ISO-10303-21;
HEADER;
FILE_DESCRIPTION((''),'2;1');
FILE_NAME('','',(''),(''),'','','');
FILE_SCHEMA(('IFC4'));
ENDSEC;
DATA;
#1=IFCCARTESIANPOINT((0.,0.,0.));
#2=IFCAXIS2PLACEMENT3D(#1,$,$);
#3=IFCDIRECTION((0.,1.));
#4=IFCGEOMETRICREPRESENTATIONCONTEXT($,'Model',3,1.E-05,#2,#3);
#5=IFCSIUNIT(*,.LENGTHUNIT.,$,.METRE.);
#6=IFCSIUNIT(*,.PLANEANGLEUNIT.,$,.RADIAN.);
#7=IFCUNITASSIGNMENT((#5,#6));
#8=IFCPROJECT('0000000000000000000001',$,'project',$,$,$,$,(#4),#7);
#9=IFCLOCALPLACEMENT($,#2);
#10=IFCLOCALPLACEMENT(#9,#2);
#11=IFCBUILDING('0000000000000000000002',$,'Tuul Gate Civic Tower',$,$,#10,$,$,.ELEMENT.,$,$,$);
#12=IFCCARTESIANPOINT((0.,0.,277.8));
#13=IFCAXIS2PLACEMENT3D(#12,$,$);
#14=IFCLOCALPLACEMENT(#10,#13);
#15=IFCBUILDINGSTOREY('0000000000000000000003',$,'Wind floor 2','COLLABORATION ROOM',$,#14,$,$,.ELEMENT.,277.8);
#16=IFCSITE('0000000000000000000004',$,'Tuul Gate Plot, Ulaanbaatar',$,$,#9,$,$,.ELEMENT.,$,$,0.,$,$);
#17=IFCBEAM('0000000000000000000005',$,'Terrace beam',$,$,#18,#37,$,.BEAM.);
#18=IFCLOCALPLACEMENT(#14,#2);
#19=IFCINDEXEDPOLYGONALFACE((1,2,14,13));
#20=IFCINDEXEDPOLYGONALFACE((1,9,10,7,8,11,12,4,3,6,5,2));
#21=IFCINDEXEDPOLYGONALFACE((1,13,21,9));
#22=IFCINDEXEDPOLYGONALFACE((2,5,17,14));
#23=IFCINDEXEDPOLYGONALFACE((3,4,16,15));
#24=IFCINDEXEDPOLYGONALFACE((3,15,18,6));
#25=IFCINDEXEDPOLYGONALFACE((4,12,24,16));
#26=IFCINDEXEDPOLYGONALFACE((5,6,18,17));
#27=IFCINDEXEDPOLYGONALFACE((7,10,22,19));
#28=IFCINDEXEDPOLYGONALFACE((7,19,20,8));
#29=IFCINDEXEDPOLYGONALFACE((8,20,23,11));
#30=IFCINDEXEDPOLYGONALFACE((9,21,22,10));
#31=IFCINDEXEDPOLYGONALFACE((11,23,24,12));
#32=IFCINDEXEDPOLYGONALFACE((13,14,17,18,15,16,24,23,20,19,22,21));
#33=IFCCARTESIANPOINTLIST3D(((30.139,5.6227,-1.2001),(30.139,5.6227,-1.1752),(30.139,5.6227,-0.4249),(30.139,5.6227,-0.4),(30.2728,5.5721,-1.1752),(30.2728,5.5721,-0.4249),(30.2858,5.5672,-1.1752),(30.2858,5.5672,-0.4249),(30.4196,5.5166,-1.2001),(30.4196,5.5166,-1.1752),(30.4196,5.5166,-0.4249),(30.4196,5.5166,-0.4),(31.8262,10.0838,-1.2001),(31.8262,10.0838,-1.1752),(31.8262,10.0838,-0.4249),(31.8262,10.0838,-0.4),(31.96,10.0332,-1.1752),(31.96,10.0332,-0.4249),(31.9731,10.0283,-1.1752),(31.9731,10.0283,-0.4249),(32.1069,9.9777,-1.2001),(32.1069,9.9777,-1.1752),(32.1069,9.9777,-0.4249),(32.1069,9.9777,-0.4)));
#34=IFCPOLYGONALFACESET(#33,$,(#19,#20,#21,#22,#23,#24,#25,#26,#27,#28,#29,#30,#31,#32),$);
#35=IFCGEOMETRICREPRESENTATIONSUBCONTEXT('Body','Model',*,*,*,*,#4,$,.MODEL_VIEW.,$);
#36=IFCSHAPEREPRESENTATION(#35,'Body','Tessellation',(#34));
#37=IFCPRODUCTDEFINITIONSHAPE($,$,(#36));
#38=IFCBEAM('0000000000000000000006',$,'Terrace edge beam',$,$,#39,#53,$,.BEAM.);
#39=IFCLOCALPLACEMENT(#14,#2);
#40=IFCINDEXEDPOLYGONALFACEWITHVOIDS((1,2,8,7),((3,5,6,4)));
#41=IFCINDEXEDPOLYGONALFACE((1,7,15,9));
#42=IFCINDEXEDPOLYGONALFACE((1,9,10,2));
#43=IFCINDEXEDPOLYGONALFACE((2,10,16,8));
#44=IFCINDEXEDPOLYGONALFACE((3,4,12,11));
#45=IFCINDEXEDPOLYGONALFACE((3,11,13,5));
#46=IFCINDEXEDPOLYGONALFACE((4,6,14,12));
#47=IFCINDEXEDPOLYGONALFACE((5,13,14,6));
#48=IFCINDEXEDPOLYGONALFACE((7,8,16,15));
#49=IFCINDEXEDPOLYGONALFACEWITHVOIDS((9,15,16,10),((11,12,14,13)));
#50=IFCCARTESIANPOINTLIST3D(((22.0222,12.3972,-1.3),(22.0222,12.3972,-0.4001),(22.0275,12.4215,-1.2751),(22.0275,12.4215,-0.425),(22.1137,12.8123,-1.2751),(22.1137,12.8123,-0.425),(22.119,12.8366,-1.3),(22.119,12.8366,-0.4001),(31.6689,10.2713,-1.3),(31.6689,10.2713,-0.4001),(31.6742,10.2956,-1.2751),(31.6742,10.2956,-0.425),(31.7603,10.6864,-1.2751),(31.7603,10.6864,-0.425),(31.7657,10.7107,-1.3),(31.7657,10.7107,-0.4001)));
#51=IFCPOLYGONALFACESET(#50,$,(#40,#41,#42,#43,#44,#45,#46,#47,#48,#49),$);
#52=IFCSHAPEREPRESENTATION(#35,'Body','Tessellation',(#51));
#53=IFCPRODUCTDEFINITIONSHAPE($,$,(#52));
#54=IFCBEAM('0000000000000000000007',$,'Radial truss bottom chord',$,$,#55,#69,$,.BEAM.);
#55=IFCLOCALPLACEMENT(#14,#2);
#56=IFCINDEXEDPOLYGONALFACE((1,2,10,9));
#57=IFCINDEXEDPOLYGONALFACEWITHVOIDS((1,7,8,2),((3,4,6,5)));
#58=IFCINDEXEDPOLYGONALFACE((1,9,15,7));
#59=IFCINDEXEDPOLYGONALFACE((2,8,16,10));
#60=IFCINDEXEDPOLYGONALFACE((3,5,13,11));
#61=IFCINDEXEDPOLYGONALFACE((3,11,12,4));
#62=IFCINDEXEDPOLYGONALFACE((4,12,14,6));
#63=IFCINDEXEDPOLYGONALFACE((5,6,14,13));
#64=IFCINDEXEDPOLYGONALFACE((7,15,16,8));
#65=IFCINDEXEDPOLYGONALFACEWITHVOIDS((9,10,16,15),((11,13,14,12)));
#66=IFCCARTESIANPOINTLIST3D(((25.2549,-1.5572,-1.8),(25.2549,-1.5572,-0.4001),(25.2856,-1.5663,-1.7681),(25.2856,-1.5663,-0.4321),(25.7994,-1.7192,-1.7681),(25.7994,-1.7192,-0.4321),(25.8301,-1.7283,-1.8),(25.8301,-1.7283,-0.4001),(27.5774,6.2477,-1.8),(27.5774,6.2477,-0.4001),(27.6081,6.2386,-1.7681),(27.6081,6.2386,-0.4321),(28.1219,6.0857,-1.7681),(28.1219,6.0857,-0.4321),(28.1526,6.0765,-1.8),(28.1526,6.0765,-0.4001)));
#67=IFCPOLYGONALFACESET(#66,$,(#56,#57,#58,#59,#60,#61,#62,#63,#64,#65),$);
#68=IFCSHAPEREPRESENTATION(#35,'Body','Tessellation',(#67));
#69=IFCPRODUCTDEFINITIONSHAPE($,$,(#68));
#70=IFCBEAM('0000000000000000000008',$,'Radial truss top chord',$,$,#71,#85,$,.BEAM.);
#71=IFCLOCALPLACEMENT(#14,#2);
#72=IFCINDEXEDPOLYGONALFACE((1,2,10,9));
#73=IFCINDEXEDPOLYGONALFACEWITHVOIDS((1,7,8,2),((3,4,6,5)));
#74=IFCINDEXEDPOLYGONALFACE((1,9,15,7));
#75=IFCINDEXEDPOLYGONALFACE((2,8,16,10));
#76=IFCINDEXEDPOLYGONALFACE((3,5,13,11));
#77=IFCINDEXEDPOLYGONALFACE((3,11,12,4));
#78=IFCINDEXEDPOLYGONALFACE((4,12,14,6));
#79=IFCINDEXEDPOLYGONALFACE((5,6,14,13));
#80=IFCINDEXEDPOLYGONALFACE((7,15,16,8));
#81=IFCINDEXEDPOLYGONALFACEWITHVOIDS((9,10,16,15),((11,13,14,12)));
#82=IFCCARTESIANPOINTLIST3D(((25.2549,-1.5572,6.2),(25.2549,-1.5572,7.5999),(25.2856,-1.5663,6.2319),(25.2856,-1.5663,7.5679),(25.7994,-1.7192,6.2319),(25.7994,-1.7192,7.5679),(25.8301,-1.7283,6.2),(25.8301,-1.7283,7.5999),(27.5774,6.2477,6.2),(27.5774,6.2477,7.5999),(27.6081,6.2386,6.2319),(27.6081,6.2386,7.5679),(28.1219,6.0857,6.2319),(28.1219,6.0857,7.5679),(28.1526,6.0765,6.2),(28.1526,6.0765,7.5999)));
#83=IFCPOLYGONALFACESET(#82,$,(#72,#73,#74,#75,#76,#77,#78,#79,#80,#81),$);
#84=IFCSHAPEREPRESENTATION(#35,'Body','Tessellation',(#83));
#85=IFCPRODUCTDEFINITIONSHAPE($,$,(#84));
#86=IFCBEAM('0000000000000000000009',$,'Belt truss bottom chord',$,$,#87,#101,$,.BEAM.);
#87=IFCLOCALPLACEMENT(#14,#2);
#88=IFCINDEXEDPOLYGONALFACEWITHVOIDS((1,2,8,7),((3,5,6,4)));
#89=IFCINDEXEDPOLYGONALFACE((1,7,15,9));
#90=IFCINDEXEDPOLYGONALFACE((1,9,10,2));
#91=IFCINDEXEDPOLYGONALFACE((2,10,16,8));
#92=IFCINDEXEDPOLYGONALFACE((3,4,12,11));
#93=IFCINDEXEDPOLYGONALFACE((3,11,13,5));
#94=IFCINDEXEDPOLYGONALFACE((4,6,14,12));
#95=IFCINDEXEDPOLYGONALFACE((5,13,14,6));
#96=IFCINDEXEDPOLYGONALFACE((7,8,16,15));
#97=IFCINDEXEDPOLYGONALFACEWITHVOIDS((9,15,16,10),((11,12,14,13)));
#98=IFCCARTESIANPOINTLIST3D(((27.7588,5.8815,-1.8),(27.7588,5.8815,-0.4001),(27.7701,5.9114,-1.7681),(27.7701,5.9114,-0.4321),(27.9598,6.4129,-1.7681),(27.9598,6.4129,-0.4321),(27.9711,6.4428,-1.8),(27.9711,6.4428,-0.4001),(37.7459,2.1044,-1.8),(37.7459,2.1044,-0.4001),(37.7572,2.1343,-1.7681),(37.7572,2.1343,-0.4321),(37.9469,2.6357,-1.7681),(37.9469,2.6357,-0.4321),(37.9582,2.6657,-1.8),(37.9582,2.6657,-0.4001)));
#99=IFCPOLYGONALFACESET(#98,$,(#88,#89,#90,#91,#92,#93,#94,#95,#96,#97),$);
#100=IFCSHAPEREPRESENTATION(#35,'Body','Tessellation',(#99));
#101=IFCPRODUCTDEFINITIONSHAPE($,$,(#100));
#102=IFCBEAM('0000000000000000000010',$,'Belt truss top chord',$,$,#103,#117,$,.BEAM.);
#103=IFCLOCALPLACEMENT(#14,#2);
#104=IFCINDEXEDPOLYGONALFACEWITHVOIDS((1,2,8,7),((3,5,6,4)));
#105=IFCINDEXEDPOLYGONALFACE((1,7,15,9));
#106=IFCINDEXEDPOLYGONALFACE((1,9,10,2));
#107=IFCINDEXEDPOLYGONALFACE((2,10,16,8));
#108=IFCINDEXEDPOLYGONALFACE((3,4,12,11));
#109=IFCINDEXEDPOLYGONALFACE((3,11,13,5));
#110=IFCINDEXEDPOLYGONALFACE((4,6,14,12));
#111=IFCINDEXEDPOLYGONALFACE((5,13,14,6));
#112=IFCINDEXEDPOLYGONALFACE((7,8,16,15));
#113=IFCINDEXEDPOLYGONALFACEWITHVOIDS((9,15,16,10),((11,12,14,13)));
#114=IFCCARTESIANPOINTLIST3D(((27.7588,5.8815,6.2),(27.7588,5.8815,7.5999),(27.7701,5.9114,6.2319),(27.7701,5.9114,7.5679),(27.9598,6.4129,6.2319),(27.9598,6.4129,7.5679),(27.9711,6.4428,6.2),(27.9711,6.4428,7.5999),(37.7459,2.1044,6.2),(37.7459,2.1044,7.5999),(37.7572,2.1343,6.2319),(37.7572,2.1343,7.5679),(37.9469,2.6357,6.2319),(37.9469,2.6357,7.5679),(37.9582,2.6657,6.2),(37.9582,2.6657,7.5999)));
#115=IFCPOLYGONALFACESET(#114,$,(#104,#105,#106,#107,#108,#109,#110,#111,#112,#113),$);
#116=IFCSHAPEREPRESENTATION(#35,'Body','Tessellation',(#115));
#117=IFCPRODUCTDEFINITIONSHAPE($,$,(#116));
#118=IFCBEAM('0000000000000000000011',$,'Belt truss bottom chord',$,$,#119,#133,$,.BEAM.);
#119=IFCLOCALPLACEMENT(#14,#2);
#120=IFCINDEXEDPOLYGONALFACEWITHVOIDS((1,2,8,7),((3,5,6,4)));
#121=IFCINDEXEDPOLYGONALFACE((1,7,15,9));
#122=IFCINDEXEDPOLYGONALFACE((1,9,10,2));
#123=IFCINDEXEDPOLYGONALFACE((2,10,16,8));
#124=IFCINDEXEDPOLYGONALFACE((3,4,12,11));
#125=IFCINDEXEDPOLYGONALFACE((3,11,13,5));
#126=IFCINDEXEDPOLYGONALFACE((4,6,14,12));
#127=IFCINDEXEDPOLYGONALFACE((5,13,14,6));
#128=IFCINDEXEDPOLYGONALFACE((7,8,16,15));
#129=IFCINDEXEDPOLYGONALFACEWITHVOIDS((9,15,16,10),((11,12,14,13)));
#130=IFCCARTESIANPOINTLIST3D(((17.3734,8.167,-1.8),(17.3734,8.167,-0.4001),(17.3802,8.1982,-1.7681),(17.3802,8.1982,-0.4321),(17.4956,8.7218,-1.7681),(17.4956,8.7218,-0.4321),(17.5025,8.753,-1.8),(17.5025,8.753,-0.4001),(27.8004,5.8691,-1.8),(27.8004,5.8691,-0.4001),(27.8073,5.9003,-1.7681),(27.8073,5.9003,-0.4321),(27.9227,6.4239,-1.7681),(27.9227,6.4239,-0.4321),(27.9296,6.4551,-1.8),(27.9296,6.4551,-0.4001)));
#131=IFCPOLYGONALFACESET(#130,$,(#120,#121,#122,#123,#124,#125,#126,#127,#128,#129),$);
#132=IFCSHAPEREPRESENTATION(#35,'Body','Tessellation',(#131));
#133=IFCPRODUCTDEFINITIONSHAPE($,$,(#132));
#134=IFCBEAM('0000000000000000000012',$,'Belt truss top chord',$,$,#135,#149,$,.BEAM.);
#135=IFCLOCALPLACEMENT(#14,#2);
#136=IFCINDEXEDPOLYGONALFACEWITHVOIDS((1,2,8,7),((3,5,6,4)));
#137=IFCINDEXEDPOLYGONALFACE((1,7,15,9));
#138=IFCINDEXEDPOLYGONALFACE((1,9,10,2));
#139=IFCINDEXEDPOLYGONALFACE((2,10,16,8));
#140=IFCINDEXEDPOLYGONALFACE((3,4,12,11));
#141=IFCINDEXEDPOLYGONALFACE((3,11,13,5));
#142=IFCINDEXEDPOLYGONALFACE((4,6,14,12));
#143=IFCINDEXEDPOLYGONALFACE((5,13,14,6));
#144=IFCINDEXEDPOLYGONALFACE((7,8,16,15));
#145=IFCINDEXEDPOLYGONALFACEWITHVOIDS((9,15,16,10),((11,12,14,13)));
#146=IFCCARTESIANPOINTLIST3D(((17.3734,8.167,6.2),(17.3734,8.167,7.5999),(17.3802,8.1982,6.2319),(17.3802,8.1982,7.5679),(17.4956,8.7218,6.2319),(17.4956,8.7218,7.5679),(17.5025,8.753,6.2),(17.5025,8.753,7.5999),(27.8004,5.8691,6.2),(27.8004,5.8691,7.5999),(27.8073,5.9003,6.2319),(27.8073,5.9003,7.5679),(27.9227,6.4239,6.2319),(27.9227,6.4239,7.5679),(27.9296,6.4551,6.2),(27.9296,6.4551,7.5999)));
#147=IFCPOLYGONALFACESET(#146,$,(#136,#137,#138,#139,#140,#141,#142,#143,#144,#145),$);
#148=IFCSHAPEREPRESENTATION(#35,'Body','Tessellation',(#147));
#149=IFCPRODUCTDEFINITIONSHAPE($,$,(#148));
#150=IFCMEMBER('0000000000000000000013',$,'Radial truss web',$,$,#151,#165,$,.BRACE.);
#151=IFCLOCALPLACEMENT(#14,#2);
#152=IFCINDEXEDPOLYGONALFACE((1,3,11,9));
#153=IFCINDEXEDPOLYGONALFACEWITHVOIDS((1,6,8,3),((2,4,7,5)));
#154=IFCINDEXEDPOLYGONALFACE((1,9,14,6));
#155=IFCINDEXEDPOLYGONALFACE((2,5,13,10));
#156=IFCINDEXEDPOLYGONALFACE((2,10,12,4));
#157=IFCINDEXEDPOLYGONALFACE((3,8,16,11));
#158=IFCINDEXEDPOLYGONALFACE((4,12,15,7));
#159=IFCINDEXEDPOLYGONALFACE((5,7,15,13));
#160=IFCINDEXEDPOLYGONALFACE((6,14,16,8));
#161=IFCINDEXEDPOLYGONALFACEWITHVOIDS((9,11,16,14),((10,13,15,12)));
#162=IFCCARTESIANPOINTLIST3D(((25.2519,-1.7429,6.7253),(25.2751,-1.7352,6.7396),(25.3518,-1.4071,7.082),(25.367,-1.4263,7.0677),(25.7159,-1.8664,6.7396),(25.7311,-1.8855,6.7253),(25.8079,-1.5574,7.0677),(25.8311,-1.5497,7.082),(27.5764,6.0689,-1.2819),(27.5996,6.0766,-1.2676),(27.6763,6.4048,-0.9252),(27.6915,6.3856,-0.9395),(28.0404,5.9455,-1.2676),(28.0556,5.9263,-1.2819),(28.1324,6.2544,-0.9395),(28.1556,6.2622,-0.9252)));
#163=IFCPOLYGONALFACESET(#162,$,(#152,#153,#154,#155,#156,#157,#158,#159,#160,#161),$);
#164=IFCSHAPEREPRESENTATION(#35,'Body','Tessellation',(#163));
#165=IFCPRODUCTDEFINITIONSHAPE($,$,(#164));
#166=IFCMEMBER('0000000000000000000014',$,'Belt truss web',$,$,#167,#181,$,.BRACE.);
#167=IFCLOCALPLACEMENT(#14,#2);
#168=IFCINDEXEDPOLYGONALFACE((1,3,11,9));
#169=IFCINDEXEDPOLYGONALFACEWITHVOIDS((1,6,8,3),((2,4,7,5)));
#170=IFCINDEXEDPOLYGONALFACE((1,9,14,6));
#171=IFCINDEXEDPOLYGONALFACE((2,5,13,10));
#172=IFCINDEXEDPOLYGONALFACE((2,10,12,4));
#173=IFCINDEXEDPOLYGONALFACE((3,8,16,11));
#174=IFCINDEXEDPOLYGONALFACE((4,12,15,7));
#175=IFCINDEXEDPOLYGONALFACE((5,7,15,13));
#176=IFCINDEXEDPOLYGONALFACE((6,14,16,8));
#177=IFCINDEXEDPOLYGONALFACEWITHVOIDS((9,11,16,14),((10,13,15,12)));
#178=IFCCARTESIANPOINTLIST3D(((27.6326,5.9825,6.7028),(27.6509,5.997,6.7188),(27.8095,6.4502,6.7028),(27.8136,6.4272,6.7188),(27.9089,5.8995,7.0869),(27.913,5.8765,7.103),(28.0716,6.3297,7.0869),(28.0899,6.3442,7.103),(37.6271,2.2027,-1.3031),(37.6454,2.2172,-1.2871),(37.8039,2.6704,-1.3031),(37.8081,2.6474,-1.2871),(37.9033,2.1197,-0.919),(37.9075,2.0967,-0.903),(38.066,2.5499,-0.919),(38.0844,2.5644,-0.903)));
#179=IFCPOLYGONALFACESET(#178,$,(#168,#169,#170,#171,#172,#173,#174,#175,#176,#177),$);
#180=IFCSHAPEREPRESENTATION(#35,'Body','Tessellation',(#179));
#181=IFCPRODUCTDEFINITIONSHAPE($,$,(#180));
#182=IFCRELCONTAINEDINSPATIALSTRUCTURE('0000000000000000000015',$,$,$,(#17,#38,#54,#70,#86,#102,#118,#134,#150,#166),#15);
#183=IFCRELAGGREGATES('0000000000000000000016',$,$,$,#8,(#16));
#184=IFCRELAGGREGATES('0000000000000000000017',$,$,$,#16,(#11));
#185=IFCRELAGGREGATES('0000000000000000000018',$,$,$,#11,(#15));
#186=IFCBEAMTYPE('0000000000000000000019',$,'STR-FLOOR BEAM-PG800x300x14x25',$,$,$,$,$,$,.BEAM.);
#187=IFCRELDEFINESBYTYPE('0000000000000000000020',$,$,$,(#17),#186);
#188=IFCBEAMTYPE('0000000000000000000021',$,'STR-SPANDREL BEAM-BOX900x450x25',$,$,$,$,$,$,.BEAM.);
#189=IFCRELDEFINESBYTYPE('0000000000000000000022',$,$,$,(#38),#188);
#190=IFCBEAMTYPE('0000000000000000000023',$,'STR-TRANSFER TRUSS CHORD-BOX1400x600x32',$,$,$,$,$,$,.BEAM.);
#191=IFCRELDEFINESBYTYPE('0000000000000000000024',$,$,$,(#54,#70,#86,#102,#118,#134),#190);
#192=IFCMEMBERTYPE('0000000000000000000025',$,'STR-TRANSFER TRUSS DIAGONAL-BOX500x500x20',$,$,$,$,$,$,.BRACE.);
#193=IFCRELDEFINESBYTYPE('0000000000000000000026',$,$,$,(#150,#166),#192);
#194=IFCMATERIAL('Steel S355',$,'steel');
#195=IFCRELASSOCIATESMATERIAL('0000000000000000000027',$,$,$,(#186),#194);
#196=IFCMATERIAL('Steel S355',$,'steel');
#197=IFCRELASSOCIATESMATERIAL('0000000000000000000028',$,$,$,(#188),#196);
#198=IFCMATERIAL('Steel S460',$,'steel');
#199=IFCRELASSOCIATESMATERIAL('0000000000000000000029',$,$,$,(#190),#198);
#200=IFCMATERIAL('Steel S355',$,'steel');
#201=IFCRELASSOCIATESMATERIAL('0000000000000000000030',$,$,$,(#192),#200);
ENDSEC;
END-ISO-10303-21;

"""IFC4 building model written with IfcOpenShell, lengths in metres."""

from ifc_helpers import new_model, si_unit, direction, frame, origin, origin_2d, place, context, subcontext, project, spatial, hollow_rectangle, i_section, extrude, material, material_profile, profile_set, type_object, element, save


model = new_model("IFC4")

# Units and contexts
model_context = context("Model", 3, precision=1e-05, world=origin(), true_north=direction((0.0, 1.0)))
body_context = subcontext(model_context, "Body", "Model", "MODEL_VIEW")
ifc_project = project(units=[si_unit("LENGTHUNIT", "METRE"), si_unit("PLANEANGLEUNIT", "RADIAN")], contexts=[model_context])

# Site, building, storey
site_placement = place(None, origin())
site = spatial("IfcSite", under=ifc_project, at=site_placement, Name="Tuul Gate Plot, Ulaanbaatar", CompositionType="ELEMENT", RefElevation=0.0)
building_placement = place(site_placement, origin())
building = spatial("IfcBuilding", under=site, at=building_placement, Name="Tuul Gate Civic Tower", CompositionType="ELEMENT")
storey_placement = place(building_placement, frame((0.0, 0.0, 277.8)))
storey = spatial("IfcBuildingStorey", under=building, at=storey_placement, Name="Wind floor 2", Description="COLLABORATION ROOM", CompositionType="ELEMENT", Elevation=277.8)

# Beams
ifc_material_1 = material(Name="Steel S355", Category="steel")
ifc_material_profile_1 = material_profile(ifc_material_1, i_section(OverallWidth=0.3, OverallDepth=0.8, WebThickness=0.0139, FlangeThickness=0.0249, at=origin_2d()), Name="PG800x300x14x25")
ifc_profile_set_1 = profile_set([ifc_material_profile_1], Name="Steel S355")
beam_type_1 = type_object("IfcBeamType", Name="STR-FLOOR BEAM-PG800x300x14x25", PredefinedType="BEAM", material=ifc_profile_set_1)
beam_1_placement = place(storey_placement, frame((31.9666, 10.0308, -0.8), z_axis=(-0.353753, -0.935339, 0.0), x_axis=(0.935339, -0.353753, 0.0)))
element("IfcBeam", 1, at=beam_1_placement, inside=storey, type_object=beam_type_1, Name="Terrace beam", PredefinedType="BEAM", context=body_context, shape_type="SweptSolid", body=[
    extrude(i_section(OverallWidth=0.3, OverallDepth=0.8, WebThickness=0.0139, FlangeThickness=0.0249, at=origin_2d()), origin(), (0.0, 0.0, 1.0), 4.7695),
])
ifc_material_2 = material(Name="Steel S355", Category="steel")
ifc_material_profile_2 = material_profile(ifc_material_2, hollow_rectangle(XDim=0.45, YDim=0.8999, WallThickness=0.0249, at=origin_2d()), Name="BOX900x450x25")
ifc_profile_set_2 = profile_set([ifc_material_profile_2], Name="Steel S355")
beam_type_2 = type_object("IfcBeamType", Name="STR-SPANDREL BEAM-BOX900x450x25", PredefinedType="BEAM", material=ifc_profile_set_2)
beam_2_placement = place(storey_placement, frame((31.7173, 10.491, -0.8501), z_axis=(-0.976566, 0.215219, 0.0), x_axis=(-0.215219, -0.976566, 0.0)))
element("IfcBeam", 2, at=beam_2_placement, inside=storey, type_object=beam_type_2, Name="Terrace edge beam", PredefinedType="BEAM", context=body_context, shape_type="SweptSolid", body=[
    extrude(hollow_rectangle(XDim=0.45, YDim=0.8999, WallThickness=0.0249, at=origin_2d()), origin(), (0.0, 0.0, 1.0), 9.8782),
])
ifc_material_3 = material(Name="Steel S460", Category="steel")
ifc_material_profile_3 = material_profile(ifc_material_3, hollow_rectangle(XDim=0.6001, YDim=1.3999, WallThickness=0.032, at=origin_2d()), Name="BOX1400x600x32")
ifc_profile_set_3 = profile_set([ifc_material_profile_3], Name="Steel S460")
beam_type_3 = type_object("IfcBeamType", Name="STR-TRANSFER TRUSS CHORD-BOX1400x600x32", PredefinedType="BEAM", material=ifc_profile_set_3)
for number, where, z_axis, x_axis, name in (
    (3, (27.865, 6.1621, -1.1001), (-0.28521, -0.958465, 0.0), (0.958465, -0.28521, 0.0), "Radial truss bottom chord"),
    (4, (27.865, 6.1621, 6.8999), (-0.28521, -0.958465, 0.0), (0.958465, -0.28521, 0.0), "Radial truss top chord"),
):
    element("IfcBeam", number, at=place(storey_placement, frame(where, z_axis=z_axis, x_axis=x_axis)), inside=storey, type_object=beam_type_3, Name=name, PredefinedType="BEAM", context=body_context, shape_type="SweptSolid", body=[
        extrude(hollow_rectangle(XDim=0.6001, YDim=1.3999, WallThickness=0.032, at=origin_2d()), origin(), (0.0, 0.0, 1.0), 8.1431),
    ])
for number, where, z_axis, x_axis, name in (
    (5, (37.8521, 2.385, -1.1001), (-0.935342, 0.353746, 0.0), (-0.353746, -0.935342, 0.0), "Belt truss bottom chord"),
    (6, (37.8521, 2.385, 6.8999), (-0.935342, 0.353746, 0.0), (-0.353746, -0.935342, 0.0), "Belt truss top chord"),
):
    element("IfcBeam", number, at=place(storey_placement, frame(where, z_axis=z_axis, x_axis=x_axis)), inside=storey, type_object=beam_type_3, Name=name, PredefinedType="BEAM", context=body_context, shape_type="SweptSolid", body=[
        extrude(hollow_rectangle(XDim=0.6001, YDim=1.3999, WallThickness=0.032, at=origin_2d()), origin(), (0.0, 0.0, 1.0), 10.6775),
    ])
for number, where, z_axis, x_axis, name in (
    (7, (27.865, 6.1621, -1.1001), (-0.976568, 0.215211, 0.0), (-0.215211, -0.976568, 0.0), "Belt truss bottom chord"),
    (8, (27.865, 6.1621, 6.8999), (-0.976568, 0.215211, 0.0), (-0.215211, -0.976568, 0.0), "Belt truss top chord"),
):
    element("IfcBeam", number, at=place(storey_placement, frame(where, z_axis=z_axis, x_axis=x_axis)), inside=storey, type_object=beam_type_3, Name=name, PredefinedType="BEAM", context=body_context, shape_type="SweptSolid", body=[
        extrude(hollow_rectangle(XDim=0.6001, YDim=1.3999, WallThickness=0.032, at=origin_2d()), origin(), (0.0, 0.0, 1.0), 10.6772),
    ])

# Members
ifc_material_4 = material(Name="Steel S355", Category="steel")
ifc_material_profile_4 = material_profile(ifc_material_4, hollow_rectangle(XDim=0.5, YDim=0.5, WallThickness=0.02, at=origin_2d()), Name="BOX500x500x20")
ifc_profile_set_4 = profile_set([ifc_material_profile_4], Name="Steel S355")
member_type_1 = type_object("IfcMemberType", Name="STR-TRANSFER TRUSS DIAGONAL-BOX500x500x20", PredefinedType="BRACE", material=ifc_profile_set_4)
member_1_placement = place(storey_placement, frame((27.866, 6.1655, -1.1035), z_axis=(-0.203447, -0.683718, 0.700813), x_axis=(0.958468, -0.285201, 0.0)))
element("IfcMember", 9, at=member_1_placement, inside=storey, type_object=member_type_1, Name="Radial truss web", PredefinedType="BRACE", context=body_context, shape_type="SweptSolid", body=[
    extrude(hollow_rectangle(XDim=0.5, YDim=0.5, WallThickness=0.02, at=origin_2d()), origin(), (0.0, 0.0, 1.0), 11.4255),
])
member_2_placement = place(storey_placement, frame((37.8557, 2.3835, -1.103), z_axis=(-0.748547, 0.283094, 0.599613), x_axis=(-0.353739, -0.935344, 0.0)))
element("IfcMember", 10, at=member_2_placement, inside=storey, type_object=member_type_1, Name="Belt truss web", PredefinedType="BRACE", context=body_context, shape_type="SweptSolid", body=[
    extrude(hollow_rectangle(XDim=0.5, YDim=0.5, WallThickness=0.02, at=origin_2d()), origin(), (0.0, 0.0, 1.0), 13.3518),
])

save(model, "model.ifc")
